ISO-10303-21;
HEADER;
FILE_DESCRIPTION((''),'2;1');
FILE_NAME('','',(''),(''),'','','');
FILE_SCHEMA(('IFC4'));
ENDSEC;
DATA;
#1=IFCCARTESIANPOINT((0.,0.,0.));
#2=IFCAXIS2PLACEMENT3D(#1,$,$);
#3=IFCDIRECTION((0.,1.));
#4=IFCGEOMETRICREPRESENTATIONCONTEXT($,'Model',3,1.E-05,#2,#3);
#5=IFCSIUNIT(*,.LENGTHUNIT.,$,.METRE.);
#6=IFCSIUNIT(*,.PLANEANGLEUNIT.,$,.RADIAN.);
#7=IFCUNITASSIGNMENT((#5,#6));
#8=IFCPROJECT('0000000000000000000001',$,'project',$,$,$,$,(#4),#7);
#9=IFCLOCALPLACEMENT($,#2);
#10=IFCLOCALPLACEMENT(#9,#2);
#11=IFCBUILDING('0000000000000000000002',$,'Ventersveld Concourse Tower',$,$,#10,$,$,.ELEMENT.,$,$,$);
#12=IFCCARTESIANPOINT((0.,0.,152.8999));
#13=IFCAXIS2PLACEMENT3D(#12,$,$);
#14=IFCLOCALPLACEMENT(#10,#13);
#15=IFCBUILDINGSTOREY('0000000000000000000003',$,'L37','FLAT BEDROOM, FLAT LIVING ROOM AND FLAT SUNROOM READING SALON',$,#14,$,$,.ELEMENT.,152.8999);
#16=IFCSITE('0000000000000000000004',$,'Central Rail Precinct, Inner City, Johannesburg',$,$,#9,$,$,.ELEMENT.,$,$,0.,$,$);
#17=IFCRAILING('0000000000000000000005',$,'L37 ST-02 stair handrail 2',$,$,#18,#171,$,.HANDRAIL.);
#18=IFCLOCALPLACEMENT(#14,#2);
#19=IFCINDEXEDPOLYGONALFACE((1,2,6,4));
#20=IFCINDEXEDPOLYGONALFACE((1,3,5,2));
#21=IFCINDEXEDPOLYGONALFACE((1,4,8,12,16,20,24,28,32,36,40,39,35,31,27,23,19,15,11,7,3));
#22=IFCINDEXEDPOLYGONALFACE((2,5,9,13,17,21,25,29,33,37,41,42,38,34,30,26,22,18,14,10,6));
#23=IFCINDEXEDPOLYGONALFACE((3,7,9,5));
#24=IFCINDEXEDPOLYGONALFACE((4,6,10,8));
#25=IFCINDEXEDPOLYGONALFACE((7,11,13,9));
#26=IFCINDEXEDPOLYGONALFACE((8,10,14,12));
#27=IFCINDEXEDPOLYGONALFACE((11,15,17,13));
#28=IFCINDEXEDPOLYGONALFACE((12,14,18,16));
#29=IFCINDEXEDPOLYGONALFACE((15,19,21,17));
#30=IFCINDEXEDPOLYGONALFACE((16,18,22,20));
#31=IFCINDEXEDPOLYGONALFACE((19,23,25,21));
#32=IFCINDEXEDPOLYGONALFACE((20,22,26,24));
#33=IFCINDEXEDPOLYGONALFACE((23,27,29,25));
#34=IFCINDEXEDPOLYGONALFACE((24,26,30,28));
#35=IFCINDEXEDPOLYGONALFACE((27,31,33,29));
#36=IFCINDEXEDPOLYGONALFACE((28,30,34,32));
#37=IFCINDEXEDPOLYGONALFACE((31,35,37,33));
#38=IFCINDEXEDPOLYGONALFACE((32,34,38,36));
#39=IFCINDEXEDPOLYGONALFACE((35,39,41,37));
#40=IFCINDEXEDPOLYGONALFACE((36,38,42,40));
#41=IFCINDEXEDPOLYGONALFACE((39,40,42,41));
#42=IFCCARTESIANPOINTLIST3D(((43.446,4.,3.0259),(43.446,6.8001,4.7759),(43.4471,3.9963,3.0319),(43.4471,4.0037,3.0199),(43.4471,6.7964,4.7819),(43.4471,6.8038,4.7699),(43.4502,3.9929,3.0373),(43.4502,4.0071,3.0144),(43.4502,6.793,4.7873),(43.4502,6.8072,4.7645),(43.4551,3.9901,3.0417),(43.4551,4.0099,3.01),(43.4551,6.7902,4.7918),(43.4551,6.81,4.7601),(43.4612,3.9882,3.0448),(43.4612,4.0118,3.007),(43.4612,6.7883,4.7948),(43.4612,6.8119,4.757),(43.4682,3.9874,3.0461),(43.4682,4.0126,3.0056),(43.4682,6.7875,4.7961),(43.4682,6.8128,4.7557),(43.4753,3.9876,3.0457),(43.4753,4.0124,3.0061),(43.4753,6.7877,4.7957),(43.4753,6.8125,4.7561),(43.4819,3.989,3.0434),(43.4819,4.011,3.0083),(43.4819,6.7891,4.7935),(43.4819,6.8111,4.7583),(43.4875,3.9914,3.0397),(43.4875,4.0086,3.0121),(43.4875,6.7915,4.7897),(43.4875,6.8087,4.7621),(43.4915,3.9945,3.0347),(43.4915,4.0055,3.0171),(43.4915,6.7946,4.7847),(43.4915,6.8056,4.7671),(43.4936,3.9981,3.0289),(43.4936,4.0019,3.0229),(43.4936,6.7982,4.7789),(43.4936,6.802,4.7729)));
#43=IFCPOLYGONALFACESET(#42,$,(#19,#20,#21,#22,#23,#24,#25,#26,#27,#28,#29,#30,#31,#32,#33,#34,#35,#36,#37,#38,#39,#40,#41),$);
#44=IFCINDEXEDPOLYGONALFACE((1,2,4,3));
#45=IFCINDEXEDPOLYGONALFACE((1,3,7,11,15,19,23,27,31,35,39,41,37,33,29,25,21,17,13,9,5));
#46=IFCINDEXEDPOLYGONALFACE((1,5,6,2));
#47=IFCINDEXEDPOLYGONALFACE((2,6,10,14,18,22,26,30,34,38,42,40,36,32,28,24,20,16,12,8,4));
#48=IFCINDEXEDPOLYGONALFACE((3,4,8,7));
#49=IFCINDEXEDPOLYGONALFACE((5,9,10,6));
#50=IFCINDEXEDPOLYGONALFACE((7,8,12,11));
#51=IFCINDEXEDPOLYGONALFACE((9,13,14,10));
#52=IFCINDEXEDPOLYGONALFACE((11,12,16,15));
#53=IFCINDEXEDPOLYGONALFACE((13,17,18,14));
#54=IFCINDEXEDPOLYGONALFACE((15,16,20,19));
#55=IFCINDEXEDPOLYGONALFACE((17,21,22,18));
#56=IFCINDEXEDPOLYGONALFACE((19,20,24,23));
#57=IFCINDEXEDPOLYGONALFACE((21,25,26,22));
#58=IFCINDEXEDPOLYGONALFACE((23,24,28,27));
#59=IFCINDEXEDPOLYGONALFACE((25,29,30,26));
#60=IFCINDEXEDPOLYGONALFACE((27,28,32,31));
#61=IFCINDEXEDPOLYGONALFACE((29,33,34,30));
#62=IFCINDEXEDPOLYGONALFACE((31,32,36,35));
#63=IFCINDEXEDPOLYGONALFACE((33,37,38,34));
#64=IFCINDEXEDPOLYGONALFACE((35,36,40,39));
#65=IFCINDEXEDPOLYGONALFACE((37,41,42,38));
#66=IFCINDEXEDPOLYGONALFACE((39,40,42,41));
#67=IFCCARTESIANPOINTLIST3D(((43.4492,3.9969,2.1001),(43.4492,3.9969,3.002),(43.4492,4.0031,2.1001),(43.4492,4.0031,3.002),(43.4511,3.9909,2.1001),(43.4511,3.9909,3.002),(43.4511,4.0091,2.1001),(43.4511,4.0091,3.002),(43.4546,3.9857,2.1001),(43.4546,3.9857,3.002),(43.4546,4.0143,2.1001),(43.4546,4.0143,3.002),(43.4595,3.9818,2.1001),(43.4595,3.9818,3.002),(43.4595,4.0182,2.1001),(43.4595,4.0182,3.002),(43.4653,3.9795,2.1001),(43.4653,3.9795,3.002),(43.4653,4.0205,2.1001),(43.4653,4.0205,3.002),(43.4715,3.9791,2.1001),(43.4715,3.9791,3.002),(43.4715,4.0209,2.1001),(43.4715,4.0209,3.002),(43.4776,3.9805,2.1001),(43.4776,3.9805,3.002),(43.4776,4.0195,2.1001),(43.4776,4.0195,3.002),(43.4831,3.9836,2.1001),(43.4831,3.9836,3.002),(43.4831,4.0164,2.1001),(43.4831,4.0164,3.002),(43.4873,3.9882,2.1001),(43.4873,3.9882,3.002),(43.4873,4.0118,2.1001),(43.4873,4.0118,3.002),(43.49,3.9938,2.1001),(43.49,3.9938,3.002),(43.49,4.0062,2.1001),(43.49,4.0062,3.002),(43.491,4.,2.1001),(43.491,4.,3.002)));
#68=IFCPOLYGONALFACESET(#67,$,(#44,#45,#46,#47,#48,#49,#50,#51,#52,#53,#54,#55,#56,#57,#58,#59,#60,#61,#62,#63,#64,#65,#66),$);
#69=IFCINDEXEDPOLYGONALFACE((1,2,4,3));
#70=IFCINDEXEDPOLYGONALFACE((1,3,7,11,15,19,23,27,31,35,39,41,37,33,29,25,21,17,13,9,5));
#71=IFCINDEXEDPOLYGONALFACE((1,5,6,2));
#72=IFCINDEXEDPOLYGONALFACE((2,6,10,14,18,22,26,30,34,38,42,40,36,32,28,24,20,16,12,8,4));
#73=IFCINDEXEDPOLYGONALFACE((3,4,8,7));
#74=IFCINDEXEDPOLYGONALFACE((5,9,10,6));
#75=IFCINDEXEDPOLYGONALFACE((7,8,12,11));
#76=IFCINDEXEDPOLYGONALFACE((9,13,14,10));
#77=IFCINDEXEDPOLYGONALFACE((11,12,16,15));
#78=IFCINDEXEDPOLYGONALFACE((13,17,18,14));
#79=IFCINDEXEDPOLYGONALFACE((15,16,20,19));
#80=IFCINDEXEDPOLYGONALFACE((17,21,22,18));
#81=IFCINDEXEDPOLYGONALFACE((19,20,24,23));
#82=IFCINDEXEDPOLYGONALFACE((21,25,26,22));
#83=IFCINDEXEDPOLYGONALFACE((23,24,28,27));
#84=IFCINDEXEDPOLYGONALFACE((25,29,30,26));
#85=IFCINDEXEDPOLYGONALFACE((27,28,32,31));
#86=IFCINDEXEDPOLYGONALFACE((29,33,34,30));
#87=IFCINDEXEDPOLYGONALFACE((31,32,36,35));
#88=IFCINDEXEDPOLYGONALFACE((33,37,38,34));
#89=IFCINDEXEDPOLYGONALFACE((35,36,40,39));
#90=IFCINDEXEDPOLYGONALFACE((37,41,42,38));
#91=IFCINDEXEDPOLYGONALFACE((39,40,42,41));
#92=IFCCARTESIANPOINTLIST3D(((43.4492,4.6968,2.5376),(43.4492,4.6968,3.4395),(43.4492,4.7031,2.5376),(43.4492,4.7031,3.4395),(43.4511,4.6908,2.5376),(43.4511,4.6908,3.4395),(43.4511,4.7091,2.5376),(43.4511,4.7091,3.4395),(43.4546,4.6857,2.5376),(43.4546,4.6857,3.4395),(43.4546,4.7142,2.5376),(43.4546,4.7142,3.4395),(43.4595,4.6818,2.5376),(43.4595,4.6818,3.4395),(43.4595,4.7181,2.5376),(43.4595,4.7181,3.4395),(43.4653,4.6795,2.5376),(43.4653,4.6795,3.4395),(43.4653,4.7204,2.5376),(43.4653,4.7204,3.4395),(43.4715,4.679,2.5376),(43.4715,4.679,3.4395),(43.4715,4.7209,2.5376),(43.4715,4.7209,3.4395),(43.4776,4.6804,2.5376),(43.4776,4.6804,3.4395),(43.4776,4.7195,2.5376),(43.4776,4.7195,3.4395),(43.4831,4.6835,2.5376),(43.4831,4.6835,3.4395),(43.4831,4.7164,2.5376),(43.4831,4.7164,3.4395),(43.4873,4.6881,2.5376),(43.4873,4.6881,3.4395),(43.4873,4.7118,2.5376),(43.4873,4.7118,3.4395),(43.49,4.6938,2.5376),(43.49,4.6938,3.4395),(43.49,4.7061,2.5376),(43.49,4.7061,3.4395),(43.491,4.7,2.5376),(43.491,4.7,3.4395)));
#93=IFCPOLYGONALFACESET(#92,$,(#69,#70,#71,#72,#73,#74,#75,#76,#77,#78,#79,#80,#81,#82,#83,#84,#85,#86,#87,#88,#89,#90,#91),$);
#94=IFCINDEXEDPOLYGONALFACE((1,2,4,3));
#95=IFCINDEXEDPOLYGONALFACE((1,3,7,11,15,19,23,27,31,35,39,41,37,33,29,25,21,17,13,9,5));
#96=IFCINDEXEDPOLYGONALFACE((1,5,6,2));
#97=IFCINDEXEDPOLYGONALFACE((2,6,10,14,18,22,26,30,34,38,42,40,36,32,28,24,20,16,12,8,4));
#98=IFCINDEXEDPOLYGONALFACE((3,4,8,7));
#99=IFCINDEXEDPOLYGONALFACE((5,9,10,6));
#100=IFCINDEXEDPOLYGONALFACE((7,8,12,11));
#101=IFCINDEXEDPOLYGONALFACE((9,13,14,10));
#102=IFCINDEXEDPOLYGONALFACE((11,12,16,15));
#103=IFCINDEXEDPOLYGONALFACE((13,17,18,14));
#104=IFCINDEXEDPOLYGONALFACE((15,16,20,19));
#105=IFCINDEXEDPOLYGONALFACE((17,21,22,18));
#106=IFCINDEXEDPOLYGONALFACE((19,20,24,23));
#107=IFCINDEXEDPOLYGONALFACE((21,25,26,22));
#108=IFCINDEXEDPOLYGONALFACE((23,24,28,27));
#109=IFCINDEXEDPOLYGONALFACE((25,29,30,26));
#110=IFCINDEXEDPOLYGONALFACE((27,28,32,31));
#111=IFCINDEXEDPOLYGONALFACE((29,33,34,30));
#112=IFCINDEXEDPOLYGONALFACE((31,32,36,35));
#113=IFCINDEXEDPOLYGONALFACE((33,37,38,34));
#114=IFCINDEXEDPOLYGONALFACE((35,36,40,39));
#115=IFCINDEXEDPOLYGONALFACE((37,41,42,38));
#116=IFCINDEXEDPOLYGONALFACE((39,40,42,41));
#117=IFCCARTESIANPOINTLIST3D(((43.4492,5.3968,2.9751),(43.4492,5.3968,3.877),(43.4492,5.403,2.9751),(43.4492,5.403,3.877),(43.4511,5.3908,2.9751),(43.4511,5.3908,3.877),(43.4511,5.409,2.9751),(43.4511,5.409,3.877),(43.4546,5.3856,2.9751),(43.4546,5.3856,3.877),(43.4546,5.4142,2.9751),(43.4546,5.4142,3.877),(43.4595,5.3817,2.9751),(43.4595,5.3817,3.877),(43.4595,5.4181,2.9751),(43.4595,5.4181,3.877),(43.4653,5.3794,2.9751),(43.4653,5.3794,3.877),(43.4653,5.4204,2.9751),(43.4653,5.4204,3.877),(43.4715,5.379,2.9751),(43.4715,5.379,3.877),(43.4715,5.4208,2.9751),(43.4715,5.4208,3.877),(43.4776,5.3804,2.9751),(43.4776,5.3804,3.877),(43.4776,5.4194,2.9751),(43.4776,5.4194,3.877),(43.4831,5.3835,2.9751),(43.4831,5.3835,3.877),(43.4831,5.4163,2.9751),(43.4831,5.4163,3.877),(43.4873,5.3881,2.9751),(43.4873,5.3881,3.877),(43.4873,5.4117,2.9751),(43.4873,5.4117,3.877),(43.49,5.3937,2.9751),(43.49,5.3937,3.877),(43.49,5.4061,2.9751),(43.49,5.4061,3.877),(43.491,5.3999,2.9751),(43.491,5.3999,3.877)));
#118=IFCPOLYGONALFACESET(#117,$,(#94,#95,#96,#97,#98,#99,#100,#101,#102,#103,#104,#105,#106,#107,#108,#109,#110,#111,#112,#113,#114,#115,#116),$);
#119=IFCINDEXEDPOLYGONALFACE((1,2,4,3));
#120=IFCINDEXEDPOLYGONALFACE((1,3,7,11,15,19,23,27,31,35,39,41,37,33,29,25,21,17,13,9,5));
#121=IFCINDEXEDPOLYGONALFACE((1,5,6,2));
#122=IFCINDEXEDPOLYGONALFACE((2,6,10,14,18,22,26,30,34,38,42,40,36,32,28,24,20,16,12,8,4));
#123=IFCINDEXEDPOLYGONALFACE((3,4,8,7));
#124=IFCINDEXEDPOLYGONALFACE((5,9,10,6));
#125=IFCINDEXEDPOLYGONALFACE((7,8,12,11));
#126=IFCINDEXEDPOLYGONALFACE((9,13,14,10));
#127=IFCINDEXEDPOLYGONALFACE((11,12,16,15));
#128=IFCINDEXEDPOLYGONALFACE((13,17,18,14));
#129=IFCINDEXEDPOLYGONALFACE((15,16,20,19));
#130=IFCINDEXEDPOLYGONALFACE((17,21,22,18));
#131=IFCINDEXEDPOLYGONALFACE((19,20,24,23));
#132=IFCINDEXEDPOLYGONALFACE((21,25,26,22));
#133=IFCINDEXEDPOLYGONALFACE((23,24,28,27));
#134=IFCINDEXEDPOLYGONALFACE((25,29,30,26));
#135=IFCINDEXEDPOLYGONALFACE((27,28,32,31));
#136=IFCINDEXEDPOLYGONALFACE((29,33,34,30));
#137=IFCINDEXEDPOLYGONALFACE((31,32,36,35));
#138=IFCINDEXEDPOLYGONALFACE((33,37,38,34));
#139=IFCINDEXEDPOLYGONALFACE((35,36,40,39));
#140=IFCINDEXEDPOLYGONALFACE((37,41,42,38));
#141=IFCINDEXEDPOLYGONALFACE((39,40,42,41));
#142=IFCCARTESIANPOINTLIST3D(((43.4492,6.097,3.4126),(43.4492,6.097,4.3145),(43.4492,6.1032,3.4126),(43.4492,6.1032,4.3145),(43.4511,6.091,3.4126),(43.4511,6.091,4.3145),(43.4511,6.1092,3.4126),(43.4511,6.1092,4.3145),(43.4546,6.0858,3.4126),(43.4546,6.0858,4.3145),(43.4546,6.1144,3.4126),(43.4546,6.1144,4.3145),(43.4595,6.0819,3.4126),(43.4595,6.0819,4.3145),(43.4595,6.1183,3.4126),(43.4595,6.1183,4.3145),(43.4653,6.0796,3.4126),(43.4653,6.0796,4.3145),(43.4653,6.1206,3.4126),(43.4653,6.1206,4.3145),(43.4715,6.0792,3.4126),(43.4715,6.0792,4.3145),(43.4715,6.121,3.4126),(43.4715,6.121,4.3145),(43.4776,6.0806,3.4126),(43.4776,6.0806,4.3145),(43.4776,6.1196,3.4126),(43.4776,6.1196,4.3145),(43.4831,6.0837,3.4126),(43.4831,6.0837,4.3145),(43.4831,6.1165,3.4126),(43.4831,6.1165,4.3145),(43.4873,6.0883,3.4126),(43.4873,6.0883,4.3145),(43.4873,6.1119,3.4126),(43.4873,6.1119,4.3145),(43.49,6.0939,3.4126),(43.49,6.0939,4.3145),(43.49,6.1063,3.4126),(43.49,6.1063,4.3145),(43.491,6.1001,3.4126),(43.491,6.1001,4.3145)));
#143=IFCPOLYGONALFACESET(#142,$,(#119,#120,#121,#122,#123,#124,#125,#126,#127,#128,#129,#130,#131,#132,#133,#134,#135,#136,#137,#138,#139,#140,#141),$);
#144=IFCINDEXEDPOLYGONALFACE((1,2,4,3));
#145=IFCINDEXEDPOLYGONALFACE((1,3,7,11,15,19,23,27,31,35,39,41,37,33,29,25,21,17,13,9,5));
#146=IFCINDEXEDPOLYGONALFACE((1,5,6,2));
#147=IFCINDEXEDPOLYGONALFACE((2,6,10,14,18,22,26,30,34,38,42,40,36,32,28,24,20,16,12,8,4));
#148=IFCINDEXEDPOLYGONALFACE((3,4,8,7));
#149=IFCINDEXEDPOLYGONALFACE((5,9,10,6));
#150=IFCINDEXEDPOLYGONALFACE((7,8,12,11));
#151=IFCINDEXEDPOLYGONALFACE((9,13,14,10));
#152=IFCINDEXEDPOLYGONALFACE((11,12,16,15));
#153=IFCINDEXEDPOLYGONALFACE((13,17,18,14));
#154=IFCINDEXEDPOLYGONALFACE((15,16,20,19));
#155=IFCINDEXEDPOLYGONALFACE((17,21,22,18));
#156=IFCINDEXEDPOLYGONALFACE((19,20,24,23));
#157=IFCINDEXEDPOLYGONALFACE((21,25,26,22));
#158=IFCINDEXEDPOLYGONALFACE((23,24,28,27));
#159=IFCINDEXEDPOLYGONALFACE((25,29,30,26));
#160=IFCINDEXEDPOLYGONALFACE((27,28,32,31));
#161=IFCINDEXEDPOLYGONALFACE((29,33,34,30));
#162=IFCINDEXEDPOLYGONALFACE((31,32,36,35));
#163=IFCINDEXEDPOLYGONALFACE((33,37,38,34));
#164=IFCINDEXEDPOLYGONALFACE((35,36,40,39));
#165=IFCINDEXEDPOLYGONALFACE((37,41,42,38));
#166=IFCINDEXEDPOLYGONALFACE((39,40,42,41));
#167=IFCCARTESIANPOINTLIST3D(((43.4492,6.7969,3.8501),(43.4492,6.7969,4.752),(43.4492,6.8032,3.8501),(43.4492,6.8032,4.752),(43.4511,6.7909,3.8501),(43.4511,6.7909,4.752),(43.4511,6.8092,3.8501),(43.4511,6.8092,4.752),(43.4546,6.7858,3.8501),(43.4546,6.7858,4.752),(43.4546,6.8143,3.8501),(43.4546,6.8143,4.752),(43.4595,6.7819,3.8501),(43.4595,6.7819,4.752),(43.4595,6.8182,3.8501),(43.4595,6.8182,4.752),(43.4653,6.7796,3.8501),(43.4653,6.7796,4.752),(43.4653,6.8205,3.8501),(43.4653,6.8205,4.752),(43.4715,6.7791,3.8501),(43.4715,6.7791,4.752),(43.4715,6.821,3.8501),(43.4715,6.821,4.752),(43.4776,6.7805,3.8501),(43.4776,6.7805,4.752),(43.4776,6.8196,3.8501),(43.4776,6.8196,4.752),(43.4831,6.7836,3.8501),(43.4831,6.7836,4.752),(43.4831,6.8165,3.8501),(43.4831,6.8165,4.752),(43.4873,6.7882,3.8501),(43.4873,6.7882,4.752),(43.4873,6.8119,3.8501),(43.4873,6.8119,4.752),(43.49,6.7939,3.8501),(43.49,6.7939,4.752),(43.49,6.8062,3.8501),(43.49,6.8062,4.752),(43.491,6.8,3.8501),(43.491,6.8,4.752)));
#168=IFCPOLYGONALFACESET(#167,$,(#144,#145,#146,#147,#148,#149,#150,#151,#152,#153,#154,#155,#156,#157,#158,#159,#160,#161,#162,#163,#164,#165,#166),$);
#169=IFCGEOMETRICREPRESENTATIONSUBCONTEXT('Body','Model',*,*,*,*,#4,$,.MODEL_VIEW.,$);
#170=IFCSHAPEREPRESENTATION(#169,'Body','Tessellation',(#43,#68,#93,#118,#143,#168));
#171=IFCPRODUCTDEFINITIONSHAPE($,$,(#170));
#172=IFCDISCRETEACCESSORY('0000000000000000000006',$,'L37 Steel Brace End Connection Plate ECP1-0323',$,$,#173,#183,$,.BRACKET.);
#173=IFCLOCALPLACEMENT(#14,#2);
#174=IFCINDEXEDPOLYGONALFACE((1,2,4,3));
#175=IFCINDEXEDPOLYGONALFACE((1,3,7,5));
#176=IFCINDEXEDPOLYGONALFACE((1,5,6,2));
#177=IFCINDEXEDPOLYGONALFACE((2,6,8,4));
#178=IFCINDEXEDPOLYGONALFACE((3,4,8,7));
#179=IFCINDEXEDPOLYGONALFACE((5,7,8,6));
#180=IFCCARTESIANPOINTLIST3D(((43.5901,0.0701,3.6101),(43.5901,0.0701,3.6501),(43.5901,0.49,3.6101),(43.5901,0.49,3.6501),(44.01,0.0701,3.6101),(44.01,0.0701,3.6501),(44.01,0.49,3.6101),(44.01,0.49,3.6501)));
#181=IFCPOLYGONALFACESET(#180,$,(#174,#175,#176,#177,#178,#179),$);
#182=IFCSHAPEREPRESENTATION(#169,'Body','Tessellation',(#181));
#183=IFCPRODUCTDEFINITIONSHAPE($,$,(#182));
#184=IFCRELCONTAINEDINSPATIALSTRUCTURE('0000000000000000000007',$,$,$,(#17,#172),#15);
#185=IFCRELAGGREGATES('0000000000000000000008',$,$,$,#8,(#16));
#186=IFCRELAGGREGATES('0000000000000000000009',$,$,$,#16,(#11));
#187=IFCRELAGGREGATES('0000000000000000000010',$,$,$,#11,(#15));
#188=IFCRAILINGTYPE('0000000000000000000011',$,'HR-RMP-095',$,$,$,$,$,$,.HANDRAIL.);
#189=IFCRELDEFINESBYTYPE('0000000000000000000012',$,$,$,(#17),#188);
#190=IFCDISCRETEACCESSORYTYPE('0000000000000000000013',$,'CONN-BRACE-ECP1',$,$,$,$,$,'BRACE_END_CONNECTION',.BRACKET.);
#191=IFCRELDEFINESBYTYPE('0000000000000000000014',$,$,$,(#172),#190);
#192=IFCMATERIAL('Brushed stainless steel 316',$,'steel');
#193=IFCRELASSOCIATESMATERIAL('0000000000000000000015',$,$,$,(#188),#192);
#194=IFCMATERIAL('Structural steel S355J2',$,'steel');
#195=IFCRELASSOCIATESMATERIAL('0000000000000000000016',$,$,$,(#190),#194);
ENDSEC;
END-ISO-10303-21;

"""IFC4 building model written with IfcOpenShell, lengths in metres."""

from ifc_helpers import new_model, si_unit, direction, frame, origin, origin_2d, place, context, subcontext, project, spatial, rectangle, circle, extrude, material, type_object, element, save


model = new_model("IFC4")

# Units and contexts
model_context = context("Model", 3, precision=1e-05, world=origin(), true_north=direction((0.0, 1.0)))
body_context = subcontext(model_context, "Body", "Model", "MODEL_VIEW")
ifc_project = project(units=[si_unit("LENGTHUNIT", "METRE"), si_unit("PLANEANGLEUNIT", "RADIAN")], contexts=[model_context])

# Site, building, storey
site_placement = place(None, origin())
site = spatial("IfcSite", under=ifc_project, at=site_placement, Name="Central Rail Precinct, Inner City, Johannesburg", CompositionType="ELEMENT", RefElevation=0.0)
building_placement = place(site_placement, origin())
building = spatial("IfcBuilding", under=site, at=building_placement, Name="Ventersveld Concourse Tower", CompositionType="ELEMENT")
storey_placement = place(building_placement, frame((0.0, 0.0, 152.8999)))
storey = spatial("IfcBuildingStorey", under=building, at=storey_placement, Name="L37", Description="FLAT BEDROOM, FLAT LIVING ROOM AND FLAT SUNROOM READING SALON", CompositionType="ELEMENT", Elevation=152.8999)

# Shared definitions
ifc_material_1 = material(Name="Structural steel S355J2", Category="steel")

# Railing
ifc_material_2 = material(Name="Brushed stainless steel 316", Category="steel")
railing_type_1 = type_object("IfcRailingType", Name="HR-RMP-095", PredefinedType="HANDRAIL", material=ifc_material_2)
railing_1_placement = place(storey_placement, frame((43.47, 4.0, 2.1001)))
element("IfcRailing", 1, at=railing_1_placement, inside=storey, type_object=railing_type_1, Name="L37 ST-02 stair handrail 2", PredefinedType="HANDRAIL", context=body_context, shape_type="SweptSolid", body=[
    extrude(circle(Radius=0.0239, at=origin_2d()), frame((0.0, 0.0, 0.9258), z_axis=(0.0, 0.848002, 0.529992), x_axis=(-1.0, 0.0, 0.0)), (0.0, 0.0, 1.0), 3.302),
    extrude(circle(Radius=0.021, at=origin_2d()), origin(), (0.0, 0.0, 1.0), 0.9019),
    extrude(circle(Radius=0.021, at=origin_2d()), frame((0.0, 0.7, 0.4375)), (0.0, 0.0, 1.0), 0.9019),
    extrude(circle(Radius=0.021, at=origin_2d()), frame((0.0, 1.3999, 0.875)), (0.0, 0.0, 1.0), 0.9019),
    extrude(circle(Radius=0.021, at=origin_2d()), frame((0.0, 2.1001, 1.3125)), (0.0, 0.0, 1.0), 0.9019),
    extrude(circle(Radius=0.021, at=origin_2d()), frame((0.0, 2.8, 1.75)), (0.0, 0.0, 1.0), 0.9019),
])

# Discrete accessory
discrete_accessory_type = type_object("IfcDiscreteAccessoryType", Name="CONN-BRACE-ECP1", ElementType="BRACE_END_CONNECTION", PredefinedType="BRACKET", material=ifc_material_1)
discrete_accessory_placement = place(storey_placement, frame((43.8, 0.28, 3.6101), z_axis=(0.0, 0.0, 1.0), x_axis=(1.0, 0.0, 0.0)))
element("IfcDiscreteAccessory", 2, at=discrete_accessory_placement, inside=storey, type_object=discrete_accessory_type, Name="L37 Steel Brace End Connection Plate ECP1-0323", PredefinedType="BRACKET", context=body_context, shape_type="SweptSolid", body=[
    extrude(rectangle(XDim=0.4199, YDim=0.4199, at=origin_2d()), origin(), (0.0, 0.0, 1.0), 0.04),
])

save(model, "model.ifc")
